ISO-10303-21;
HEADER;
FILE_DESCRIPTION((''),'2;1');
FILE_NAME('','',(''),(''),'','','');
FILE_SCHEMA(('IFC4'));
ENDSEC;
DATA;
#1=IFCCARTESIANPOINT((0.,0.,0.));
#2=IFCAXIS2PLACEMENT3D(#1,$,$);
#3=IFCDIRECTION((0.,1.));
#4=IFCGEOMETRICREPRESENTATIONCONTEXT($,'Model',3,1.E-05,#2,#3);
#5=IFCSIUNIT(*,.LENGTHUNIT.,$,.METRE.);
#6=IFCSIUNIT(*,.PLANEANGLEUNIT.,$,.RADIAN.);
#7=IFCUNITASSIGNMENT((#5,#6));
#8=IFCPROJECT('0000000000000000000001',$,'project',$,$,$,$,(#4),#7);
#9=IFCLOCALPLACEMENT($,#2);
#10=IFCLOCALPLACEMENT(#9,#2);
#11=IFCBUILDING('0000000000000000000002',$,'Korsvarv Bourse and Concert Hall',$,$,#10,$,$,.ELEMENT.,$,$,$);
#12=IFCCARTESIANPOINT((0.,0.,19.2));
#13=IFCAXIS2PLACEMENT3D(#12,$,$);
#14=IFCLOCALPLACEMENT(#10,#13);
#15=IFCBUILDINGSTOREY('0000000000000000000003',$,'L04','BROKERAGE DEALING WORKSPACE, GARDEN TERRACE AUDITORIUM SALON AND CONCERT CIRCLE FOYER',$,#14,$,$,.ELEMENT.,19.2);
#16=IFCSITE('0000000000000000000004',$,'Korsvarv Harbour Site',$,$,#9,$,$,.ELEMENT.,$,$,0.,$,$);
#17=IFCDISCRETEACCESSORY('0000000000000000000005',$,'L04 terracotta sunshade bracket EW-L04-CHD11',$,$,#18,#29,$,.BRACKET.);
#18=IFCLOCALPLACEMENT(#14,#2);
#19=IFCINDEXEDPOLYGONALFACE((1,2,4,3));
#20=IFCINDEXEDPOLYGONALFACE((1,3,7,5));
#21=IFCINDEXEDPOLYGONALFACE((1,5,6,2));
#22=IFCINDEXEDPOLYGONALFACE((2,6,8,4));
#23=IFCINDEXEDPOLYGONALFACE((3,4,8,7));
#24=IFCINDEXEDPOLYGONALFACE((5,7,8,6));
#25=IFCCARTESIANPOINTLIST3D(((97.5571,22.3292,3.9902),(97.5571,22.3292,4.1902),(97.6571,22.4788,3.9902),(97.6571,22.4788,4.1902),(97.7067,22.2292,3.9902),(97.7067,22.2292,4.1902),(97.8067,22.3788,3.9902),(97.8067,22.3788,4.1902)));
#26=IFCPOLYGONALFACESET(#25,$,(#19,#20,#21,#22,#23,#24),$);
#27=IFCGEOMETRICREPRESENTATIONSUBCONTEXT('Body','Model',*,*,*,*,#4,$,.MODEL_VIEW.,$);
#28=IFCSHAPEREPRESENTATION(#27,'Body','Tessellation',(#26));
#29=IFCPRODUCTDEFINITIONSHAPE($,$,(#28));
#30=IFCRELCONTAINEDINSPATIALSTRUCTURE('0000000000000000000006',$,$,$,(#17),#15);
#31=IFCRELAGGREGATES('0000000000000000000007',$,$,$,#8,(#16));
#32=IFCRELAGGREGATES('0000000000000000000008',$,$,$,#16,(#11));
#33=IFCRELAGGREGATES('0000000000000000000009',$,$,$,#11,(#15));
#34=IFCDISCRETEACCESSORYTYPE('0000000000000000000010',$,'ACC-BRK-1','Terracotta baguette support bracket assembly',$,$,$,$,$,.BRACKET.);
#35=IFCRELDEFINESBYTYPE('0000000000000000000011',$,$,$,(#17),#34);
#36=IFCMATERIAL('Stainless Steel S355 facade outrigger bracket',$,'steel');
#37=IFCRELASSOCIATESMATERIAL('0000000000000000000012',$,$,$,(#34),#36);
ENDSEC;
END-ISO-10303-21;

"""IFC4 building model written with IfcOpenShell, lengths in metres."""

from ifc_helpers import new_model, si_unit, direction, frame, origin, origin_2d, place, context, subcontext, project, spatial, rectangle, extrude, source, transform, mapped, material, type_object, element, save


model = new_model("IFC4")

# Units and contexts
model_context = context("Model", 3, precision=1e-05, world=origin(), true_north=direction((0.0, 1.0)))
body_context = subcontext(model_context, "Body", "Model", "MODEL_VIEW")
ifc_project = project(units=[si_unit("LENGTHUNIT", "METRE"), si_unit("PLANEANGLEUNIT", "RADIAN")], contexts=[model_context])

# Site, building, storey
site_placement = place(None, origin())
site = spatial("IfcSite", under=ifc_project, at=site_placement, Name="Korsvarv Harbour Site", CompositionType="ELEMENT", RefElevation=0.0)
building_placement = place(site_placement, origin())
building = spatial("IfcBuilding", under=site, at=building_placement, Name="Korsvarv Bourse and Concert Hall", CompositionType="ELEMENT")
storey_placement = place(building_placement, frame((0.0, 0.0, 19.2)))
storey = spatial("IfcBuildingStorey", under=building, at=storey_placement, Name="L04", Description="BROKERAGE DEALING WORKSPACE, GARDEN TERRACE AUDITORIUM SALON AND CONCERT CIRCLE FOYER", CompositionType="ELEMENT", Elevation=19.2)

# Discrete accessory
ifc_material_1 = material(Name="Stainless Steel S355 facade outrigger bracket", Category="steel")
discrete_accessory_type = type_object("IfcDiscreteAccessoryType", Name="ACC-BRK-1", Description="Terracotta baguette support bracket assembly", PredefinedType="BRACKET", material=ifc_material_1)
shared_shape_1 = source(origin(), body_context, "Body", "SweptSolid", [
    extrude(rectangle(XDim=0.1799, YDim=0.1799, at=origin_2d()), origin(), (0.0, 0.0, 1.0), 0.2),
])
discrete_accessory_placement = place(storey_placement, frame((97.6819, 22.354, 3.9902), z_axis=(0.0, 0.0, 1.0), x_axis=(0.83147, -0.55557, 0.0)))
element("IfcDiscreteAccessory", 1, at=discrete_accessory_placement, inside=storey, type_object=discrete_accessory_type, Name="L04 terracotta sunshade bracket EW-L04-CHD11", PredefinedType="BRACKET", context=body_context, shape_type="MappedRepresentation", body=[
    mapped(shared_shape_1, transform((0.0, 0.0, 0.0), scale=1.0)),
])

save(model, "model.ifc")
